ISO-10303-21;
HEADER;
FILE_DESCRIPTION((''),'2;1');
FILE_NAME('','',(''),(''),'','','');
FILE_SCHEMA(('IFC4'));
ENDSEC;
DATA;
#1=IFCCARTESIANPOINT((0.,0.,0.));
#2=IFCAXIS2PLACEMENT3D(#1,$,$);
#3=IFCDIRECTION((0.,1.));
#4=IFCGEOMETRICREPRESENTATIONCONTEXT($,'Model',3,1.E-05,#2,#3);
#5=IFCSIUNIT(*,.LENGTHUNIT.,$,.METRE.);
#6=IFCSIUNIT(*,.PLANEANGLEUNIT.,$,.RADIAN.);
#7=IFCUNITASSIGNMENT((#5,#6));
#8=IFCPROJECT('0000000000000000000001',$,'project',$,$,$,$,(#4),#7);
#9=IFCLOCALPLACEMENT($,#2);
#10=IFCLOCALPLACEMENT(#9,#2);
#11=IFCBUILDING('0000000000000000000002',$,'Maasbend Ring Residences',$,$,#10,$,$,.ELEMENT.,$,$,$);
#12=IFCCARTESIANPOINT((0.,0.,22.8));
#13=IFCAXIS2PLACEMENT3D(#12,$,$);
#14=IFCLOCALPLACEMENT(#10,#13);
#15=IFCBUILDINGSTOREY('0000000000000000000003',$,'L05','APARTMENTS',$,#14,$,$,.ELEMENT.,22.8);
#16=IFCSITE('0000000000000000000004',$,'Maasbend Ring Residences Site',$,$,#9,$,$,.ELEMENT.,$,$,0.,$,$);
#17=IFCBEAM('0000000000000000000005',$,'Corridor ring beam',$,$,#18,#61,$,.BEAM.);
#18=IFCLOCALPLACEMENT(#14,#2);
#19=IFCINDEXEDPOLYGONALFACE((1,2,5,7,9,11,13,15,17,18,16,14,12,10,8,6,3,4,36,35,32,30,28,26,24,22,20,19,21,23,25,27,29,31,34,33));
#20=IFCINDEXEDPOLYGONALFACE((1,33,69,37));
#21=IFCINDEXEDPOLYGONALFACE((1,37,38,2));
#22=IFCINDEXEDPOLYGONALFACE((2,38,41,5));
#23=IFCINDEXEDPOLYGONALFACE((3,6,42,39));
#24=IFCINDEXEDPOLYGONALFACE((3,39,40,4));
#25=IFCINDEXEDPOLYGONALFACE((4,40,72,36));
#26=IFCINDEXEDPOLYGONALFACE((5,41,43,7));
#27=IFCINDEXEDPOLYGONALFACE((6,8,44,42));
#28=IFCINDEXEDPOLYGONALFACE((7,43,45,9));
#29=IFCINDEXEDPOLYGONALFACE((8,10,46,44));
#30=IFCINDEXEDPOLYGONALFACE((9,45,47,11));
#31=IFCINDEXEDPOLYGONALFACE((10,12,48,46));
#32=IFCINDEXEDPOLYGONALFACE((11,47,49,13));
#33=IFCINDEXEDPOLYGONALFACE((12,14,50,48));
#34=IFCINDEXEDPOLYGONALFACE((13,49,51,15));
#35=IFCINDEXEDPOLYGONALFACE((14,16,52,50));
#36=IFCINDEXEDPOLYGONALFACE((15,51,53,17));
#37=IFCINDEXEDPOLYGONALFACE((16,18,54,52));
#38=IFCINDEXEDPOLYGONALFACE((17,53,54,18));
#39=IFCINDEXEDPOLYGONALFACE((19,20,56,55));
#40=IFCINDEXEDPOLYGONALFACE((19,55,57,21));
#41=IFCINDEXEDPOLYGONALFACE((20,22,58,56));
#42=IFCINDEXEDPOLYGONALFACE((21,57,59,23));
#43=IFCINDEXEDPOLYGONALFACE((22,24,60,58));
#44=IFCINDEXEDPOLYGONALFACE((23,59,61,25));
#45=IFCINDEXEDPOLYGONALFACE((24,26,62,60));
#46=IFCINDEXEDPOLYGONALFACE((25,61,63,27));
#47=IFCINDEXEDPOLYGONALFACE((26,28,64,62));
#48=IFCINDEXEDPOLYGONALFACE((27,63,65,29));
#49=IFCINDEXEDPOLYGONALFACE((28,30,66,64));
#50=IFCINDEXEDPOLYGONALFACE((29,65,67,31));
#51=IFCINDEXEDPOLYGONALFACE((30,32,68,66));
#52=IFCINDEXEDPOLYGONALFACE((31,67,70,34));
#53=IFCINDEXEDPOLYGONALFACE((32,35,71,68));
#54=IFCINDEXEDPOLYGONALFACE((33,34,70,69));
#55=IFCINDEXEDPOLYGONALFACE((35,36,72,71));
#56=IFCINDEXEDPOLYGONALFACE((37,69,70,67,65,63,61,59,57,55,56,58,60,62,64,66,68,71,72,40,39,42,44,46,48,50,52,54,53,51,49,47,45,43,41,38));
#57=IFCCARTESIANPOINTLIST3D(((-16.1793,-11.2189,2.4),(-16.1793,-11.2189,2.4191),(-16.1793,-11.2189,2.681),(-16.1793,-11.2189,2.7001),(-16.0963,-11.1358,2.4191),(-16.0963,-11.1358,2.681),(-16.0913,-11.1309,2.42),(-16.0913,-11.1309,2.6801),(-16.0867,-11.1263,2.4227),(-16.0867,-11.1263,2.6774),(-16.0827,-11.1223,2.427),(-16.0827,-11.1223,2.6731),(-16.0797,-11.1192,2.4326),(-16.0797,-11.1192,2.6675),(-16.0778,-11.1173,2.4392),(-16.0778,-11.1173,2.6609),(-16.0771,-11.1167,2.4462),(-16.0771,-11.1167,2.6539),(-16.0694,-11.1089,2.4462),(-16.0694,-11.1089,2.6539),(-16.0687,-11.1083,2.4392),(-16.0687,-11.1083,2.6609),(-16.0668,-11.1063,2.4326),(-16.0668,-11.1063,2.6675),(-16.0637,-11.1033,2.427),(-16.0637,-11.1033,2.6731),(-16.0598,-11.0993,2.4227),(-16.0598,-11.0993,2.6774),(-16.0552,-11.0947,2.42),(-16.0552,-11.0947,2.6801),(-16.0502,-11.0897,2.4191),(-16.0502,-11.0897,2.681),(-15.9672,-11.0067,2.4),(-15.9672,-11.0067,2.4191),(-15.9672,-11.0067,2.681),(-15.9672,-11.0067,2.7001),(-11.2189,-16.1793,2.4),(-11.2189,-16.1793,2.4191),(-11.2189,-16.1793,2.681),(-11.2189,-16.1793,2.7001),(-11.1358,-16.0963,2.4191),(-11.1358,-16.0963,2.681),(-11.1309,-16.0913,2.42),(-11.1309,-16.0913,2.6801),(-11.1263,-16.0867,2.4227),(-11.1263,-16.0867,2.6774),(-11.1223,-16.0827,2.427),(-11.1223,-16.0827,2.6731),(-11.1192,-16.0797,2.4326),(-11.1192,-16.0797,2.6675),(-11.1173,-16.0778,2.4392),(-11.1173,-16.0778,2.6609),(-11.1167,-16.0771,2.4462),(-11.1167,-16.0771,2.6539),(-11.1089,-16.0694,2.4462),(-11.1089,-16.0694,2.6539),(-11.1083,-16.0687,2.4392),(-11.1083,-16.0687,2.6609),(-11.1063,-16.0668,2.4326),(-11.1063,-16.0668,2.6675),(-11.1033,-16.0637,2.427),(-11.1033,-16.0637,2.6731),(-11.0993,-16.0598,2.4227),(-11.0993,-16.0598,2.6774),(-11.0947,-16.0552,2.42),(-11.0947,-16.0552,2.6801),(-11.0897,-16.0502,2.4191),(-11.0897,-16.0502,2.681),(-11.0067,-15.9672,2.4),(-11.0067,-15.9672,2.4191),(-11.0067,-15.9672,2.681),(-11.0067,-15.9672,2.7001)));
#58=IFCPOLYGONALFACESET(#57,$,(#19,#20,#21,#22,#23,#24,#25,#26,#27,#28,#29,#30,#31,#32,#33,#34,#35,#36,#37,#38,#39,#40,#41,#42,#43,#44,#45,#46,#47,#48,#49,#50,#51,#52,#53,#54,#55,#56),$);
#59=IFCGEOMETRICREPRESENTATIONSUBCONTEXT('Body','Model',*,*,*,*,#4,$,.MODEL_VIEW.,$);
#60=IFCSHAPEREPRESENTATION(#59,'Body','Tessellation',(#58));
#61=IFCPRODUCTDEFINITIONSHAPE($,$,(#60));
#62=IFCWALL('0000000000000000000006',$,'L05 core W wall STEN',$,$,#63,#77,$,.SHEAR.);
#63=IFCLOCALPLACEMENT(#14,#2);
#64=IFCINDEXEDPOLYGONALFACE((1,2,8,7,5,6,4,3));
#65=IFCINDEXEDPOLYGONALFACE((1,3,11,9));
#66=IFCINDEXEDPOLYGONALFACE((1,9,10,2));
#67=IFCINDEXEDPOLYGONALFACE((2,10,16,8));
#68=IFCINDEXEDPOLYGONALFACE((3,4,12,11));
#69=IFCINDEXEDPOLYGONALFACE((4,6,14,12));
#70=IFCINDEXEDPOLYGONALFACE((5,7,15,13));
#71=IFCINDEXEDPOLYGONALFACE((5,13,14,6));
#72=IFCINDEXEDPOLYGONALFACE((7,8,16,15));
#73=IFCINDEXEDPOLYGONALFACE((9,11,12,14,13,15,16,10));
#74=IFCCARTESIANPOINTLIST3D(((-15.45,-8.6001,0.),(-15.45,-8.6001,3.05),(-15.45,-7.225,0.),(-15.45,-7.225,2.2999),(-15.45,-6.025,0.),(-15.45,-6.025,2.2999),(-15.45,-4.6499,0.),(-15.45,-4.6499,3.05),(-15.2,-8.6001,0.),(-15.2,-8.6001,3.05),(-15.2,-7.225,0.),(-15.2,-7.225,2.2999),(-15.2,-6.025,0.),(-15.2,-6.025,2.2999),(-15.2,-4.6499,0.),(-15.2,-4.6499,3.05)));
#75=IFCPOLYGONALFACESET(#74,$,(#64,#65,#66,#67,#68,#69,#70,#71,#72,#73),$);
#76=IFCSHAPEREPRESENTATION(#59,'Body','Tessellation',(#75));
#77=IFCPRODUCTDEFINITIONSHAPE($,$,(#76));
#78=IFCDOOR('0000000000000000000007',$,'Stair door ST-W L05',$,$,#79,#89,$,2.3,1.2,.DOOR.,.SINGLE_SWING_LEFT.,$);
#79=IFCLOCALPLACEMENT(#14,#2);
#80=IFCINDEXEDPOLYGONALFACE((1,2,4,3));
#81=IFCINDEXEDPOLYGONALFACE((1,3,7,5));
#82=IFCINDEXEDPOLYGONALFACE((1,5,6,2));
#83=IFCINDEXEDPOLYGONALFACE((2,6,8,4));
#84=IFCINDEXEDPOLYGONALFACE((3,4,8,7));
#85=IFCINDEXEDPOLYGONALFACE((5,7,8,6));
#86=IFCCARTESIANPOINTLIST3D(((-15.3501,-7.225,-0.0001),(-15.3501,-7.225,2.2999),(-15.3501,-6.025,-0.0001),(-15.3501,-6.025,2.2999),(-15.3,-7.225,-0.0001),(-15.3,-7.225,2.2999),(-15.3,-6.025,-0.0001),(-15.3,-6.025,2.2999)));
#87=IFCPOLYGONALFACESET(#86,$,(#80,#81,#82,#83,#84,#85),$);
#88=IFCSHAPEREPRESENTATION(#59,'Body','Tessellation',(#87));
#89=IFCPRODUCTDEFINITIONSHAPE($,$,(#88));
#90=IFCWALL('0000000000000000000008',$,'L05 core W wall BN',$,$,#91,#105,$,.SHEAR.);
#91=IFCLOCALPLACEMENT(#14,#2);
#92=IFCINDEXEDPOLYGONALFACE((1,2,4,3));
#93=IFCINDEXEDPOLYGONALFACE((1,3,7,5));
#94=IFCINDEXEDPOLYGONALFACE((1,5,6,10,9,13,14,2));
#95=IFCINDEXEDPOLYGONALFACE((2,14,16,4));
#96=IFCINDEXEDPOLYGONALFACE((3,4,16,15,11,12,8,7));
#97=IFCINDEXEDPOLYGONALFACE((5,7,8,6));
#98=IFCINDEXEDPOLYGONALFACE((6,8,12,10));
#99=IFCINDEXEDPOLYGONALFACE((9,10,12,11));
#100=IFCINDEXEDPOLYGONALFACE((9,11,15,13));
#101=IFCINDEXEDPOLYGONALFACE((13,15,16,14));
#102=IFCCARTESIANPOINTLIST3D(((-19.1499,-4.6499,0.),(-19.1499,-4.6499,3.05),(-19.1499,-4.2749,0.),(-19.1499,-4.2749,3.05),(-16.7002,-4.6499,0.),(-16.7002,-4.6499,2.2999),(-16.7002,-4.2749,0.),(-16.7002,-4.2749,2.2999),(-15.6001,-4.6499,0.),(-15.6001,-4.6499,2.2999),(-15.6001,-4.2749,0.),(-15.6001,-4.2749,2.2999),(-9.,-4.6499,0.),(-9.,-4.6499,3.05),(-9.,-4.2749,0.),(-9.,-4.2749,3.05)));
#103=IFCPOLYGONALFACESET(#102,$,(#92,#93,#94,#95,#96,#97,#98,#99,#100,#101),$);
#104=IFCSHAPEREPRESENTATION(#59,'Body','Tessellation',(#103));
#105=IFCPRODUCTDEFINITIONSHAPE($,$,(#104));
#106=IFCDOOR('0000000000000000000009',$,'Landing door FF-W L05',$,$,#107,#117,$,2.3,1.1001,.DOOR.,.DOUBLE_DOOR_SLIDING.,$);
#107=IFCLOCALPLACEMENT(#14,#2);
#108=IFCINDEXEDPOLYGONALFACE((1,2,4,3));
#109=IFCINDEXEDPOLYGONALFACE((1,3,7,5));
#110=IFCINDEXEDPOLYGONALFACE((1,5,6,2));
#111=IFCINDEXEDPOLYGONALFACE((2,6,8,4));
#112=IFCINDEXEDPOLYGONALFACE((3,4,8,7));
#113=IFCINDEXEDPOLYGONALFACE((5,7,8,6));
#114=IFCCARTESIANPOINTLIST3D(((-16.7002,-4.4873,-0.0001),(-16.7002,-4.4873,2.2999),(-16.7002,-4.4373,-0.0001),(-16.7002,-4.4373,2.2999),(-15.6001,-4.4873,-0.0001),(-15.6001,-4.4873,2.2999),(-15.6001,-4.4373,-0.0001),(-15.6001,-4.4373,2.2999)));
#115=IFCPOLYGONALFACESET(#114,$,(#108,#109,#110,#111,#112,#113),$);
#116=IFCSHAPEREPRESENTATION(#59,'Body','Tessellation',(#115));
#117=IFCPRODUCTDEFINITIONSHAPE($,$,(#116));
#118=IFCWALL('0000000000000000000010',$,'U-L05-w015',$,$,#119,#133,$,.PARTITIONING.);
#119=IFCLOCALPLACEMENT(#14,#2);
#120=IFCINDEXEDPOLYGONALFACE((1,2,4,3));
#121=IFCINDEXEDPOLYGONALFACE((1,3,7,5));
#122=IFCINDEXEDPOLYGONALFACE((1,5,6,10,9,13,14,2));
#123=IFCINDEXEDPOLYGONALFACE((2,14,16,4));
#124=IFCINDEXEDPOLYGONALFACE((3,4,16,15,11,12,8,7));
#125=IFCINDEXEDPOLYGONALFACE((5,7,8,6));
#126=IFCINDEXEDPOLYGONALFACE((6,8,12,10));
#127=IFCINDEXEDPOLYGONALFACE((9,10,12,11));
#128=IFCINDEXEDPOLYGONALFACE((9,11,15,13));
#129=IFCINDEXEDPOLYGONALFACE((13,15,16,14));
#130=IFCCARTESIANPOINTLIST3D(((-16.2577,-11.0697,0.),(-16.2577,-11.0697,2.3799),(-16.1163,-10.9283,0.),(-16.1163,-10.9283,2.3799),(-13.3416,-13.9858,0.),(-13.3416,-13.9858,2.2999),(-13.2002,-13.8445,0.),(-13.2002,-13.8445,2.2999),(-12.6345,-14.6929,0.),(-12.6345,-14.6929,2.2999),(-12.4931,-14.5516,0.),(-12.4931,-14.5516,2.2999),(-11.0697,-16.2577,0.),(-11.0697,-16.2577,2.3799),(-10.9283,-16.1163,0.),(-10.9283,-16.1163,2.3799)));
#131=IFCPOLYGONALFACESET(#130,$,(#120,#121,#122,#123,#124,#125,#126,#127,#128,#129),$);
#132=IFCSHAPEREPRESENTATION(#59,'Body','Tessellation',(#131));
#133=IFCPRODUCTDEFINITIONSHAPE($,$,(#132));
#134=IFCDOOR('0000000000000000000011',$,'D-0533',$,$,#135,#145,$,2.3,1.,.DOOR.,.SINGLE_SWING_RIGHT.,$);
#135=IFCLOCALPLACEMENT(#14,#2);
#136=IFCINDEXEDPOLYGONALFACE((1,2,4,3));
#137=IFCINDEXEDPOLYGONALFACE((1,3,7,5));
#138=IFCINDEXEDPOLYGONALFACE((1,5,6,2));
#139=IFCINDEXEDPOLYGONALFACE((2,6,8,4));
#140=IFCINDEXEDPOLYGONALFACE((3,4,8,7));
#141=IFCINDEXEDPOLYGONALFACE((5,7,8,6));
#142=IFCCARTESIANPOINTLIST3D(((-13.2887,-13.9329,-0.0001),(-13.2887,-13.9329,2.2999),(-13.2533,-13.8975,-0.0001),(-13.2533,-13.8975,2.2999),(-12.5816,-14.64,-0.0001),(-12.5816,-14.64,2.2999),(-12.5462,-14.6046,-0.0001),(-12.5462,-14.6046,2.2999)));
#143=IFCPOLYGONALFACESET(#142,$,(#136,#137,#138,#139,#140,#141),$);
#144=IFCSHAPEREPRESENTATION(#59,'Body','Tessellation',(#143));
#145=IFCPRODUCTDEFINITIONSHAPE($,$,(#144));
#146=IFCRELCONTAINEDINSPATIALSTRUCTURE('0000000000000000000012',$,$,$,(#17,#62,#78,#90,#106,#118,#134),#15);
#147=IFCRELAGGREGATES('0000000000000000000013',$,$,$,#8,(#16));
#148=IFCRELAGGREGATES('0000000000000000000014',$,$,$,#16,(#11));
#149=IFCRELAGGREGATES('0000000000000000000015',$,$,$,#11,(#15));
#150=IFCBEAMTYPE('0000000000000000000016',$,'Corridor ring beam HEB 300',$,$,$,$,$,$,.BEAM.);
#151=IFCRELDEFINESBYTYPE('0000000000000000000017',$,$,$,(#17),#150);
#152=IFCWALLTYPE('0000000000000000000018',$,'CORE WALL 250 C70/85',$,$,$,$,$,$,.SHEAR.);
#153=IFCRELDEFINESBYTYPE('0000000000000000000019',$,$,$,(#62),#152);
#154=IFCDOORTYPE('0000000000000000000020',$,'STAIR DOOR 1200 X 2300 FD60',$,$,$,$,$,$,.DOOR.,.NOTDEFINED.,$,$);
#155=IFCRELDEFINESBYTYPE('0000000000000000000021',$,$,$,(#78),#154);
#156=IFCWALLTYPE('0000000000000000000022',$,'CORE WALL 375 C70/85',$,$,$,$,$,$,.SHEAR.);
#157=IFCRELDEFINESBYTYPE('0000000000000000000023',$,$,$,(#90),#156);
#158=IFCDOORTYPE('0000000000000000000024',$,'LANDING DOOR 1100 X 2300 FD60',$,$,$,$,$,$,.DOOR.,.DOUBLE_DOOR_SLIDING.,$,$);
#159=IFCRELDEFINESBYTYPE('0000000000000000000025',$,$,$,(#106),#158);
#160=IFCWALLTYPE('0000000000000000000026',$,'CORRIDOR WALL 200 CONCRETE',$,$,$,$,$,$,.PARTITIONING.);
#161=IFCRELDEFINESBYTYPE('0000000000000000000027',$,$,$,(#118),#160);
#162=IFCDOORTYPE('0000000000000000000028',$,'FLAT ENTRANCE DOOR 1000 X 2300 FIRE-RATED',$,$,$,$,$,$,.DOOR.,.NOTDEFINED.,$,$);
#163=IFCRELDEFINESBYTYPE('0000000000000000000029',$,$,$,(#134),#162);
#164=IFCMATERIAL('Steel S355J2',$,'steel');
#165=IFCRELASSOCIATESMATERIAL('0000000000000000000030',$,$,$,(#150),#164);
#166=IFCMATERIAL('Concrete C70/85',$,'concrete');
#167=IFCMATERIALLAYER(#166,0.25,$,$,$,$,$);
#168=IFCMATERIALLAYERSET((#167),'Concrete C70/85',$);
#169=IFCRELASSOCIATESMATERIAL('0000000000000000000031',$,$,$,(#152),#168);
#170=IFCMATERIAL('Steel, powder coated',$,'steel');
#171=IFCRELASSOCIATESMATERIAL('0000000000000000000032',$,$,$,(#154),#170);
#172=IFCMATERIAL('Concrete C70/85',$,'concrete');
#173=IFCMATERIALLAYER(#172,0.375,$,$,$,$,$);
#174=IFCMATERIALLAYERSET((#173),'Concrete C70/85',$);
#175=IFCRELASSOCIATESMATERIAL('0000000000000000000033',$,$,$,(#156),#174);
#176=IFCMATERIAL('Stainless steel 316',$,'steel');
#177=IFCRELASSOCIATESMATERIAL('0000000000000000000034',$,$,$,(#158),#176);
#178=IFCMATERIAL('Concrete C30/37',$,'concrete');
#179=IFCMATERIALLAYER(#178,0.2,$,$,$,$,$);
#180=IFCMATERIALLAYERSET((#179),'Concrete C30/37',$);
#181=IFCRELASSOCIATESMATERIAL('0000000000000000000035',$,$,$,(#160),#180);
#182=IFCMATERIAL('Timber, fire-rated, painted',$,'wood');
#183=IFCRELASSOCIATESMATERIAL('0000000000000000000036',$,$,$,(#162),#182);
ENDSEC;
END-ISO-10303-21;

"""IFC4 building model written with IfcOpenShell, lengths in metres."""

from ifc_helpers import new_model, si_unit, direction, frame, frame_2d, origin, origin_2d, place, context, subcontext, project, spatial, rectangle, i_section, extrude, material, layer, layer_set, material_profile, profile_set, type_object, element, fill, save


model = new_model("IFC4")

# Units and contexts
model_context = context("Model", 3, precision=1e-05, world=origin(), true_north=direction((0.0, 1.0)))
body_context = subcontext(model_context, "Body", "Model", "MODEL_VIEW")
ifc_project = project(units=[si_unit("LENGTHUNIT", "METRE"), si_unit("PLANEANGLEUNIT", "RADIAN")], contexts=[model_context])

# Site, building, storey
site_placement = place(None, origin())
site = spatial("IfcSite", under=ifc_project, at=site_placement, Name="Maasbend Ring Residences Site", CompositionType="ELEMENT", RefElevation=0.0)
building_placement = place(site_placement, origin())
building = spatial("IfcBuilding", under=site, at=building_placement, Name="Maasbend Ring Residences", CompositionType="ELEMENT")
storey_placement = place(building_placement, frame((0.0, 0.0, 22.8)))
storey = spatial("IfcBuildingStorey", under=building, at=storey_placement, Name="L05", Description="APARTMENTS", CompositionType="ELEMENT", Elevation=22.8)

# Beam
ifc_material_1 = material(Name="Steel S355J2", Category="steel")
ifc_material_profile = material_profile(ifc_material_1, i_section(OverallWidth=0.3, OverallDepth=0.3, WebThickness=0.011, FlangeThickness=0.019, FilletRadius=0.0271, at=origin_2d()), Name="HEB 300")
ifc_profile_set = profile_set([ifc_material_profile], Name="Steel S355J2")
beam_type = type_object("IfcBeamType", Name="Corridor ring beam HEB 300", PredefinedType="BEAM", material=ifc_profile_set)
beam_placement = place(storey_placement, frame((-16.0732, -11.1128, 2.55), z_axis=(0.707107, -0.707107, 0.0), x_axis=(0.707107, 0.707107, 0.0)))
element("IfcBeam", 1, at=beam_placement, inside=storey, type_object=beam_type, Name="Corridor ring beam", PredefinedType="BEAM", context=body_context, shape_type="SweptSolid", body=[
    extrude(i_section(OverallWidth=0.3, OverallDepth=0.3, WebThickness=0.011, FlangeThickness=0.019, FilletRadius=0.0271, at=origin_2d()), origin(), (0.0, 0.0, 1.0), 7.0151),
])

# Walls, openings, doors
ifc_material_2 = material(Name="Concrete C70/85", Category="concrete")
ifc_layer_1 = layer(ifc_material_2, 0.25)
ifc_layer_set_1 = layer_set([ifc_layer_1], Name="Concrete C70/85")
wall_type_1 = type_object("IfcWallType", Name="CORE WALL 250 C70/85", PredefinedType="SHEAR", material=ifc_layer_set_1)
wall_1_placement = place(storey_placement, frame((-15.325, -4.6499, 0.0), z_axis=(0.0, 0.0, 1.0), x_axis=(0.0, -1.0, 0.0)))
wall_1 = element("IfcWall", 2, at=wall_1_placement, inside=storey, type_object=wall_type_1, Name="L05 core W wall STEN", PredefinedType="SHEAR", context=body_context, shape_type="SweptSolid", body=[
    extrude(rectangle(XDim=3.9502, YDim=0.25, at=frame_2d((1.9751, 0.0))), origin(), (0.0, 0.0, 1.0), 3.05),
])
opening_1_placement = place(wall_1_placement, frame((1.375, 0.0, 0.0)))
opening_1 = element("IfcOpeningElement", 3, at=opening_1_placement, cuts=wall_1, PredefinedType="OPENING", context=body_context, shape_type="SweptSolid", body=[
    extrude(rectangle(XDim=1.2, YDim=2.3, at=frame_2d((0.6001, 1.1499))), frame((0.0, 0.135, 0.0), z_axis=(0.0, -1.0, 0.0), x_axis=(1.0, 0.0, 0.0)), (0.0, 0.0, 1.0), 0.27),
])
ifc_material_3 = material(Name="Steel, powder coated", Category="steel")
door_type_1 = type_object("IfcDoorType", Name="STAIR DOOR 1200 X 2300 FD60", OperationType="NOTDEFINED", PredefinedType="DOOR", material=ifc_material_3)
door_1_placement = place(opening_1_placement, origin())
door_1 = element("IfcDoor", 4, at=door_1_placement, inside=storey, type_object=door_type_1, Name="Stair door ST-W L05", OperationType="SINGLE_SWING_LEFT", OverallHeight=2.3, OverallWidth=1.2, PredefinedType="DOOR", context=body_context, shape_type="SweptSolid", body=[
    extrude(rectangle(XDim=1.2, YDim=2.3, at=frame_2d((0.6001, 1.1499))), frame((0.0, 0.0249, 0.0), z_axis=(0.0, -1.0, 0.0), x_axis=(1.0, 0.0, 0.0)), (0.0, 0.0, 1.0), 0.05),
])
fill(opening_1, door_1)
ifc_material_4 = material(Name="Concrete C70/85", Category="concrete")
ifc_layer_2 = layer(ifc_material_4, 0.375)
ifc_layer_set_2 = layer_set([ifc_layer_2], Name="Concrete C70/85")
wall_type_2 = type_object("IfcWallType", Name="CORE WALL 375 C70/85", PredefinedType="SHEAR", material=ifc_layer_set_2)
wall_2_placement = place(storey_placement, frame((-9.0, -4.4624, 0.0), z_axis=(0.0, 0.0, 1.0), x_axis=(-1.0, 0.0, 0.0)))
wall_2 = element("IfcWall", 5, at=wall_2_placement, inside=storey, type_object=wall_type_2, Name="L05 core W wall BN", PredefinedType="SHEAR", context=body_context, shape_type="SweptSolid", body=[
    extrude(rectangle(XDim=10.1499, YDim=0.375, at=frame_2d((5.075, 0.0))), origin(), (0.0, 0.0, 1.0), 3.05),
])
opening_2_placement = place(wall_2_placement, frame((6.6001, 0.0, 0.0)))
opening_2 = element("IfcOpeningElement", 6, at=opening_2_placement, cuts=wall_2, PredefinedType="OPENING", context=body_context, shape_type="SweptSolid", body=[
    extrude(rectangle(XDim=1.1001, YDim=2.3, at=frame_2d((0.55, 1.1499))), frame((0.0, 0.1975, 0.0), z_axis=(0.0, -1.0, 0.0), x_axis=(1.0, 0.0, 0.0)), (0.0, 0.0, 1.0), 0.395),
])
ifc_material_5 = material(Name="Stainless steel 316", Category="steel")
door_type_2 = type_object("IfcDoorType", Name="LANDING DOOR 1100 X 2300 FD60", OperationType="DOUBLE_DOOR_SLIDING", PredefinedType="DOOR", material=ifc_material_5)
door_2_placement = place(opening_2_placement, origin())
door_2 = element("IfcDoor", 7, at=door_2_placement, inside=storey, type_object=door_type_2, Name="Landing door FF-W L05", OperationType="DOUBLE_DOOR_SLIDING", OverallHeight=2.3, OverallWidth=1.1001, PredefinedType="DOOR", context=body_context, shape_type="SweptSolid", body=[
    extrude(rectangle(XDim=1.1001, YDim=2.3, at=frame_2d((0.55, 1.1499))), frame((0.0, 0.0249, 0.0), z_axis=(0.0, -1.0, 0.0), x_axis=(1.0, 0.0, 0.0)), (0.0, 0.0, 1.0), 0.05),
])
fill(opening_2, door_2)
ifc_material_6 = material(Name="Concrete C30/37", Category="concrete")
ifc_layer_3 = layer(ifc_material_6, 0.2)
ifc_layer_set_3 = layer_set([ifc_layer_3], Name="Concrete C30/37")
wall_type_3 = type_object("IfcWallType", Name="CORRIDOR WALL 200 CONCRETE", PredefinedType="PARTITIONING", material=ifc_layer_set_3)
wall_3_placement = place(storey_placement, frame((-16.187, -10.999, 0.0), z_axis=(0.0, 0.0, 1.0), x_axis=(0.707107, -0.707107, 0.0)))
wall_3 = element("IfcWall", 8, at=wall_3_placement, inside=storey, type_object=wall_type_3, Name="U-L05-w015", PredefinedType="PARTITIONING", context=body_context, shape_type="SweptSolid", body=[
    extrude(rectangle(XDim=7.3369, YDim=0.2, at=frame_2d((3.6685, 0.0))), origin(), (0.0, 0.0, 1.0), 2.3799),
])
opening_3_placement = place(wall_3_placement, frame((4.124, 0.0, 0.0)))
opening_3 = element("IfcOpeningElement", 9, at=opening_3_placement, cuts=wall_3, PredefinedType="OPENING", context=body_context, shape_type="SweptSolid", body=[
    extrude(rectangle(XDim=1.0, YDim=2.3, at=frame_2d((0.5, 1.1499))), frame((0.0, 0.1099, 0.0), z_axis=(0.0, -1.0, 0.0), x_axis=(1.0, 0.0, 0.0)), (0.0, 0.0, 1.0), 0.22),
])
ifc_material_7 = material(Name="Timber, fire-rated, painted", Category="wood")
door_type_3 = type_object("IfcDoorType", Name="FLAT ENTRANCE DOOR 1000 X 2300 FIRE-RATED", OperationType="NOTDEFINED", PredefinedType="DOOR", material=ifc_material_7)
door_3_placement = place(opening_3_placement, origin())
door_3 = element("IfcDoor", 10, at=door_3_placement, inside=storey, type_object=door_type_3, Name="D-0533", OperationType="SINGLE_SWING_RIGHT", OverallHeight=2.3, OverallWidth=1.0, PredefinedType="DOOR", context=body_context, shape_type="SweptSolid", body=[
    extrude(rectangle(XDim=1.0, YDim=2.3, at=frame_2d((0.5, 1.1499))), frame((0.0, 0.0249, 0.0), z_axis=(0.0, -1.0, 0.0), x_axis=(1.0, 0.0, 0.0)), (0.0, 0.0, 1.0), 0.05),
])
fill(opening_3, door_3)

save(model, "model.ifc")
